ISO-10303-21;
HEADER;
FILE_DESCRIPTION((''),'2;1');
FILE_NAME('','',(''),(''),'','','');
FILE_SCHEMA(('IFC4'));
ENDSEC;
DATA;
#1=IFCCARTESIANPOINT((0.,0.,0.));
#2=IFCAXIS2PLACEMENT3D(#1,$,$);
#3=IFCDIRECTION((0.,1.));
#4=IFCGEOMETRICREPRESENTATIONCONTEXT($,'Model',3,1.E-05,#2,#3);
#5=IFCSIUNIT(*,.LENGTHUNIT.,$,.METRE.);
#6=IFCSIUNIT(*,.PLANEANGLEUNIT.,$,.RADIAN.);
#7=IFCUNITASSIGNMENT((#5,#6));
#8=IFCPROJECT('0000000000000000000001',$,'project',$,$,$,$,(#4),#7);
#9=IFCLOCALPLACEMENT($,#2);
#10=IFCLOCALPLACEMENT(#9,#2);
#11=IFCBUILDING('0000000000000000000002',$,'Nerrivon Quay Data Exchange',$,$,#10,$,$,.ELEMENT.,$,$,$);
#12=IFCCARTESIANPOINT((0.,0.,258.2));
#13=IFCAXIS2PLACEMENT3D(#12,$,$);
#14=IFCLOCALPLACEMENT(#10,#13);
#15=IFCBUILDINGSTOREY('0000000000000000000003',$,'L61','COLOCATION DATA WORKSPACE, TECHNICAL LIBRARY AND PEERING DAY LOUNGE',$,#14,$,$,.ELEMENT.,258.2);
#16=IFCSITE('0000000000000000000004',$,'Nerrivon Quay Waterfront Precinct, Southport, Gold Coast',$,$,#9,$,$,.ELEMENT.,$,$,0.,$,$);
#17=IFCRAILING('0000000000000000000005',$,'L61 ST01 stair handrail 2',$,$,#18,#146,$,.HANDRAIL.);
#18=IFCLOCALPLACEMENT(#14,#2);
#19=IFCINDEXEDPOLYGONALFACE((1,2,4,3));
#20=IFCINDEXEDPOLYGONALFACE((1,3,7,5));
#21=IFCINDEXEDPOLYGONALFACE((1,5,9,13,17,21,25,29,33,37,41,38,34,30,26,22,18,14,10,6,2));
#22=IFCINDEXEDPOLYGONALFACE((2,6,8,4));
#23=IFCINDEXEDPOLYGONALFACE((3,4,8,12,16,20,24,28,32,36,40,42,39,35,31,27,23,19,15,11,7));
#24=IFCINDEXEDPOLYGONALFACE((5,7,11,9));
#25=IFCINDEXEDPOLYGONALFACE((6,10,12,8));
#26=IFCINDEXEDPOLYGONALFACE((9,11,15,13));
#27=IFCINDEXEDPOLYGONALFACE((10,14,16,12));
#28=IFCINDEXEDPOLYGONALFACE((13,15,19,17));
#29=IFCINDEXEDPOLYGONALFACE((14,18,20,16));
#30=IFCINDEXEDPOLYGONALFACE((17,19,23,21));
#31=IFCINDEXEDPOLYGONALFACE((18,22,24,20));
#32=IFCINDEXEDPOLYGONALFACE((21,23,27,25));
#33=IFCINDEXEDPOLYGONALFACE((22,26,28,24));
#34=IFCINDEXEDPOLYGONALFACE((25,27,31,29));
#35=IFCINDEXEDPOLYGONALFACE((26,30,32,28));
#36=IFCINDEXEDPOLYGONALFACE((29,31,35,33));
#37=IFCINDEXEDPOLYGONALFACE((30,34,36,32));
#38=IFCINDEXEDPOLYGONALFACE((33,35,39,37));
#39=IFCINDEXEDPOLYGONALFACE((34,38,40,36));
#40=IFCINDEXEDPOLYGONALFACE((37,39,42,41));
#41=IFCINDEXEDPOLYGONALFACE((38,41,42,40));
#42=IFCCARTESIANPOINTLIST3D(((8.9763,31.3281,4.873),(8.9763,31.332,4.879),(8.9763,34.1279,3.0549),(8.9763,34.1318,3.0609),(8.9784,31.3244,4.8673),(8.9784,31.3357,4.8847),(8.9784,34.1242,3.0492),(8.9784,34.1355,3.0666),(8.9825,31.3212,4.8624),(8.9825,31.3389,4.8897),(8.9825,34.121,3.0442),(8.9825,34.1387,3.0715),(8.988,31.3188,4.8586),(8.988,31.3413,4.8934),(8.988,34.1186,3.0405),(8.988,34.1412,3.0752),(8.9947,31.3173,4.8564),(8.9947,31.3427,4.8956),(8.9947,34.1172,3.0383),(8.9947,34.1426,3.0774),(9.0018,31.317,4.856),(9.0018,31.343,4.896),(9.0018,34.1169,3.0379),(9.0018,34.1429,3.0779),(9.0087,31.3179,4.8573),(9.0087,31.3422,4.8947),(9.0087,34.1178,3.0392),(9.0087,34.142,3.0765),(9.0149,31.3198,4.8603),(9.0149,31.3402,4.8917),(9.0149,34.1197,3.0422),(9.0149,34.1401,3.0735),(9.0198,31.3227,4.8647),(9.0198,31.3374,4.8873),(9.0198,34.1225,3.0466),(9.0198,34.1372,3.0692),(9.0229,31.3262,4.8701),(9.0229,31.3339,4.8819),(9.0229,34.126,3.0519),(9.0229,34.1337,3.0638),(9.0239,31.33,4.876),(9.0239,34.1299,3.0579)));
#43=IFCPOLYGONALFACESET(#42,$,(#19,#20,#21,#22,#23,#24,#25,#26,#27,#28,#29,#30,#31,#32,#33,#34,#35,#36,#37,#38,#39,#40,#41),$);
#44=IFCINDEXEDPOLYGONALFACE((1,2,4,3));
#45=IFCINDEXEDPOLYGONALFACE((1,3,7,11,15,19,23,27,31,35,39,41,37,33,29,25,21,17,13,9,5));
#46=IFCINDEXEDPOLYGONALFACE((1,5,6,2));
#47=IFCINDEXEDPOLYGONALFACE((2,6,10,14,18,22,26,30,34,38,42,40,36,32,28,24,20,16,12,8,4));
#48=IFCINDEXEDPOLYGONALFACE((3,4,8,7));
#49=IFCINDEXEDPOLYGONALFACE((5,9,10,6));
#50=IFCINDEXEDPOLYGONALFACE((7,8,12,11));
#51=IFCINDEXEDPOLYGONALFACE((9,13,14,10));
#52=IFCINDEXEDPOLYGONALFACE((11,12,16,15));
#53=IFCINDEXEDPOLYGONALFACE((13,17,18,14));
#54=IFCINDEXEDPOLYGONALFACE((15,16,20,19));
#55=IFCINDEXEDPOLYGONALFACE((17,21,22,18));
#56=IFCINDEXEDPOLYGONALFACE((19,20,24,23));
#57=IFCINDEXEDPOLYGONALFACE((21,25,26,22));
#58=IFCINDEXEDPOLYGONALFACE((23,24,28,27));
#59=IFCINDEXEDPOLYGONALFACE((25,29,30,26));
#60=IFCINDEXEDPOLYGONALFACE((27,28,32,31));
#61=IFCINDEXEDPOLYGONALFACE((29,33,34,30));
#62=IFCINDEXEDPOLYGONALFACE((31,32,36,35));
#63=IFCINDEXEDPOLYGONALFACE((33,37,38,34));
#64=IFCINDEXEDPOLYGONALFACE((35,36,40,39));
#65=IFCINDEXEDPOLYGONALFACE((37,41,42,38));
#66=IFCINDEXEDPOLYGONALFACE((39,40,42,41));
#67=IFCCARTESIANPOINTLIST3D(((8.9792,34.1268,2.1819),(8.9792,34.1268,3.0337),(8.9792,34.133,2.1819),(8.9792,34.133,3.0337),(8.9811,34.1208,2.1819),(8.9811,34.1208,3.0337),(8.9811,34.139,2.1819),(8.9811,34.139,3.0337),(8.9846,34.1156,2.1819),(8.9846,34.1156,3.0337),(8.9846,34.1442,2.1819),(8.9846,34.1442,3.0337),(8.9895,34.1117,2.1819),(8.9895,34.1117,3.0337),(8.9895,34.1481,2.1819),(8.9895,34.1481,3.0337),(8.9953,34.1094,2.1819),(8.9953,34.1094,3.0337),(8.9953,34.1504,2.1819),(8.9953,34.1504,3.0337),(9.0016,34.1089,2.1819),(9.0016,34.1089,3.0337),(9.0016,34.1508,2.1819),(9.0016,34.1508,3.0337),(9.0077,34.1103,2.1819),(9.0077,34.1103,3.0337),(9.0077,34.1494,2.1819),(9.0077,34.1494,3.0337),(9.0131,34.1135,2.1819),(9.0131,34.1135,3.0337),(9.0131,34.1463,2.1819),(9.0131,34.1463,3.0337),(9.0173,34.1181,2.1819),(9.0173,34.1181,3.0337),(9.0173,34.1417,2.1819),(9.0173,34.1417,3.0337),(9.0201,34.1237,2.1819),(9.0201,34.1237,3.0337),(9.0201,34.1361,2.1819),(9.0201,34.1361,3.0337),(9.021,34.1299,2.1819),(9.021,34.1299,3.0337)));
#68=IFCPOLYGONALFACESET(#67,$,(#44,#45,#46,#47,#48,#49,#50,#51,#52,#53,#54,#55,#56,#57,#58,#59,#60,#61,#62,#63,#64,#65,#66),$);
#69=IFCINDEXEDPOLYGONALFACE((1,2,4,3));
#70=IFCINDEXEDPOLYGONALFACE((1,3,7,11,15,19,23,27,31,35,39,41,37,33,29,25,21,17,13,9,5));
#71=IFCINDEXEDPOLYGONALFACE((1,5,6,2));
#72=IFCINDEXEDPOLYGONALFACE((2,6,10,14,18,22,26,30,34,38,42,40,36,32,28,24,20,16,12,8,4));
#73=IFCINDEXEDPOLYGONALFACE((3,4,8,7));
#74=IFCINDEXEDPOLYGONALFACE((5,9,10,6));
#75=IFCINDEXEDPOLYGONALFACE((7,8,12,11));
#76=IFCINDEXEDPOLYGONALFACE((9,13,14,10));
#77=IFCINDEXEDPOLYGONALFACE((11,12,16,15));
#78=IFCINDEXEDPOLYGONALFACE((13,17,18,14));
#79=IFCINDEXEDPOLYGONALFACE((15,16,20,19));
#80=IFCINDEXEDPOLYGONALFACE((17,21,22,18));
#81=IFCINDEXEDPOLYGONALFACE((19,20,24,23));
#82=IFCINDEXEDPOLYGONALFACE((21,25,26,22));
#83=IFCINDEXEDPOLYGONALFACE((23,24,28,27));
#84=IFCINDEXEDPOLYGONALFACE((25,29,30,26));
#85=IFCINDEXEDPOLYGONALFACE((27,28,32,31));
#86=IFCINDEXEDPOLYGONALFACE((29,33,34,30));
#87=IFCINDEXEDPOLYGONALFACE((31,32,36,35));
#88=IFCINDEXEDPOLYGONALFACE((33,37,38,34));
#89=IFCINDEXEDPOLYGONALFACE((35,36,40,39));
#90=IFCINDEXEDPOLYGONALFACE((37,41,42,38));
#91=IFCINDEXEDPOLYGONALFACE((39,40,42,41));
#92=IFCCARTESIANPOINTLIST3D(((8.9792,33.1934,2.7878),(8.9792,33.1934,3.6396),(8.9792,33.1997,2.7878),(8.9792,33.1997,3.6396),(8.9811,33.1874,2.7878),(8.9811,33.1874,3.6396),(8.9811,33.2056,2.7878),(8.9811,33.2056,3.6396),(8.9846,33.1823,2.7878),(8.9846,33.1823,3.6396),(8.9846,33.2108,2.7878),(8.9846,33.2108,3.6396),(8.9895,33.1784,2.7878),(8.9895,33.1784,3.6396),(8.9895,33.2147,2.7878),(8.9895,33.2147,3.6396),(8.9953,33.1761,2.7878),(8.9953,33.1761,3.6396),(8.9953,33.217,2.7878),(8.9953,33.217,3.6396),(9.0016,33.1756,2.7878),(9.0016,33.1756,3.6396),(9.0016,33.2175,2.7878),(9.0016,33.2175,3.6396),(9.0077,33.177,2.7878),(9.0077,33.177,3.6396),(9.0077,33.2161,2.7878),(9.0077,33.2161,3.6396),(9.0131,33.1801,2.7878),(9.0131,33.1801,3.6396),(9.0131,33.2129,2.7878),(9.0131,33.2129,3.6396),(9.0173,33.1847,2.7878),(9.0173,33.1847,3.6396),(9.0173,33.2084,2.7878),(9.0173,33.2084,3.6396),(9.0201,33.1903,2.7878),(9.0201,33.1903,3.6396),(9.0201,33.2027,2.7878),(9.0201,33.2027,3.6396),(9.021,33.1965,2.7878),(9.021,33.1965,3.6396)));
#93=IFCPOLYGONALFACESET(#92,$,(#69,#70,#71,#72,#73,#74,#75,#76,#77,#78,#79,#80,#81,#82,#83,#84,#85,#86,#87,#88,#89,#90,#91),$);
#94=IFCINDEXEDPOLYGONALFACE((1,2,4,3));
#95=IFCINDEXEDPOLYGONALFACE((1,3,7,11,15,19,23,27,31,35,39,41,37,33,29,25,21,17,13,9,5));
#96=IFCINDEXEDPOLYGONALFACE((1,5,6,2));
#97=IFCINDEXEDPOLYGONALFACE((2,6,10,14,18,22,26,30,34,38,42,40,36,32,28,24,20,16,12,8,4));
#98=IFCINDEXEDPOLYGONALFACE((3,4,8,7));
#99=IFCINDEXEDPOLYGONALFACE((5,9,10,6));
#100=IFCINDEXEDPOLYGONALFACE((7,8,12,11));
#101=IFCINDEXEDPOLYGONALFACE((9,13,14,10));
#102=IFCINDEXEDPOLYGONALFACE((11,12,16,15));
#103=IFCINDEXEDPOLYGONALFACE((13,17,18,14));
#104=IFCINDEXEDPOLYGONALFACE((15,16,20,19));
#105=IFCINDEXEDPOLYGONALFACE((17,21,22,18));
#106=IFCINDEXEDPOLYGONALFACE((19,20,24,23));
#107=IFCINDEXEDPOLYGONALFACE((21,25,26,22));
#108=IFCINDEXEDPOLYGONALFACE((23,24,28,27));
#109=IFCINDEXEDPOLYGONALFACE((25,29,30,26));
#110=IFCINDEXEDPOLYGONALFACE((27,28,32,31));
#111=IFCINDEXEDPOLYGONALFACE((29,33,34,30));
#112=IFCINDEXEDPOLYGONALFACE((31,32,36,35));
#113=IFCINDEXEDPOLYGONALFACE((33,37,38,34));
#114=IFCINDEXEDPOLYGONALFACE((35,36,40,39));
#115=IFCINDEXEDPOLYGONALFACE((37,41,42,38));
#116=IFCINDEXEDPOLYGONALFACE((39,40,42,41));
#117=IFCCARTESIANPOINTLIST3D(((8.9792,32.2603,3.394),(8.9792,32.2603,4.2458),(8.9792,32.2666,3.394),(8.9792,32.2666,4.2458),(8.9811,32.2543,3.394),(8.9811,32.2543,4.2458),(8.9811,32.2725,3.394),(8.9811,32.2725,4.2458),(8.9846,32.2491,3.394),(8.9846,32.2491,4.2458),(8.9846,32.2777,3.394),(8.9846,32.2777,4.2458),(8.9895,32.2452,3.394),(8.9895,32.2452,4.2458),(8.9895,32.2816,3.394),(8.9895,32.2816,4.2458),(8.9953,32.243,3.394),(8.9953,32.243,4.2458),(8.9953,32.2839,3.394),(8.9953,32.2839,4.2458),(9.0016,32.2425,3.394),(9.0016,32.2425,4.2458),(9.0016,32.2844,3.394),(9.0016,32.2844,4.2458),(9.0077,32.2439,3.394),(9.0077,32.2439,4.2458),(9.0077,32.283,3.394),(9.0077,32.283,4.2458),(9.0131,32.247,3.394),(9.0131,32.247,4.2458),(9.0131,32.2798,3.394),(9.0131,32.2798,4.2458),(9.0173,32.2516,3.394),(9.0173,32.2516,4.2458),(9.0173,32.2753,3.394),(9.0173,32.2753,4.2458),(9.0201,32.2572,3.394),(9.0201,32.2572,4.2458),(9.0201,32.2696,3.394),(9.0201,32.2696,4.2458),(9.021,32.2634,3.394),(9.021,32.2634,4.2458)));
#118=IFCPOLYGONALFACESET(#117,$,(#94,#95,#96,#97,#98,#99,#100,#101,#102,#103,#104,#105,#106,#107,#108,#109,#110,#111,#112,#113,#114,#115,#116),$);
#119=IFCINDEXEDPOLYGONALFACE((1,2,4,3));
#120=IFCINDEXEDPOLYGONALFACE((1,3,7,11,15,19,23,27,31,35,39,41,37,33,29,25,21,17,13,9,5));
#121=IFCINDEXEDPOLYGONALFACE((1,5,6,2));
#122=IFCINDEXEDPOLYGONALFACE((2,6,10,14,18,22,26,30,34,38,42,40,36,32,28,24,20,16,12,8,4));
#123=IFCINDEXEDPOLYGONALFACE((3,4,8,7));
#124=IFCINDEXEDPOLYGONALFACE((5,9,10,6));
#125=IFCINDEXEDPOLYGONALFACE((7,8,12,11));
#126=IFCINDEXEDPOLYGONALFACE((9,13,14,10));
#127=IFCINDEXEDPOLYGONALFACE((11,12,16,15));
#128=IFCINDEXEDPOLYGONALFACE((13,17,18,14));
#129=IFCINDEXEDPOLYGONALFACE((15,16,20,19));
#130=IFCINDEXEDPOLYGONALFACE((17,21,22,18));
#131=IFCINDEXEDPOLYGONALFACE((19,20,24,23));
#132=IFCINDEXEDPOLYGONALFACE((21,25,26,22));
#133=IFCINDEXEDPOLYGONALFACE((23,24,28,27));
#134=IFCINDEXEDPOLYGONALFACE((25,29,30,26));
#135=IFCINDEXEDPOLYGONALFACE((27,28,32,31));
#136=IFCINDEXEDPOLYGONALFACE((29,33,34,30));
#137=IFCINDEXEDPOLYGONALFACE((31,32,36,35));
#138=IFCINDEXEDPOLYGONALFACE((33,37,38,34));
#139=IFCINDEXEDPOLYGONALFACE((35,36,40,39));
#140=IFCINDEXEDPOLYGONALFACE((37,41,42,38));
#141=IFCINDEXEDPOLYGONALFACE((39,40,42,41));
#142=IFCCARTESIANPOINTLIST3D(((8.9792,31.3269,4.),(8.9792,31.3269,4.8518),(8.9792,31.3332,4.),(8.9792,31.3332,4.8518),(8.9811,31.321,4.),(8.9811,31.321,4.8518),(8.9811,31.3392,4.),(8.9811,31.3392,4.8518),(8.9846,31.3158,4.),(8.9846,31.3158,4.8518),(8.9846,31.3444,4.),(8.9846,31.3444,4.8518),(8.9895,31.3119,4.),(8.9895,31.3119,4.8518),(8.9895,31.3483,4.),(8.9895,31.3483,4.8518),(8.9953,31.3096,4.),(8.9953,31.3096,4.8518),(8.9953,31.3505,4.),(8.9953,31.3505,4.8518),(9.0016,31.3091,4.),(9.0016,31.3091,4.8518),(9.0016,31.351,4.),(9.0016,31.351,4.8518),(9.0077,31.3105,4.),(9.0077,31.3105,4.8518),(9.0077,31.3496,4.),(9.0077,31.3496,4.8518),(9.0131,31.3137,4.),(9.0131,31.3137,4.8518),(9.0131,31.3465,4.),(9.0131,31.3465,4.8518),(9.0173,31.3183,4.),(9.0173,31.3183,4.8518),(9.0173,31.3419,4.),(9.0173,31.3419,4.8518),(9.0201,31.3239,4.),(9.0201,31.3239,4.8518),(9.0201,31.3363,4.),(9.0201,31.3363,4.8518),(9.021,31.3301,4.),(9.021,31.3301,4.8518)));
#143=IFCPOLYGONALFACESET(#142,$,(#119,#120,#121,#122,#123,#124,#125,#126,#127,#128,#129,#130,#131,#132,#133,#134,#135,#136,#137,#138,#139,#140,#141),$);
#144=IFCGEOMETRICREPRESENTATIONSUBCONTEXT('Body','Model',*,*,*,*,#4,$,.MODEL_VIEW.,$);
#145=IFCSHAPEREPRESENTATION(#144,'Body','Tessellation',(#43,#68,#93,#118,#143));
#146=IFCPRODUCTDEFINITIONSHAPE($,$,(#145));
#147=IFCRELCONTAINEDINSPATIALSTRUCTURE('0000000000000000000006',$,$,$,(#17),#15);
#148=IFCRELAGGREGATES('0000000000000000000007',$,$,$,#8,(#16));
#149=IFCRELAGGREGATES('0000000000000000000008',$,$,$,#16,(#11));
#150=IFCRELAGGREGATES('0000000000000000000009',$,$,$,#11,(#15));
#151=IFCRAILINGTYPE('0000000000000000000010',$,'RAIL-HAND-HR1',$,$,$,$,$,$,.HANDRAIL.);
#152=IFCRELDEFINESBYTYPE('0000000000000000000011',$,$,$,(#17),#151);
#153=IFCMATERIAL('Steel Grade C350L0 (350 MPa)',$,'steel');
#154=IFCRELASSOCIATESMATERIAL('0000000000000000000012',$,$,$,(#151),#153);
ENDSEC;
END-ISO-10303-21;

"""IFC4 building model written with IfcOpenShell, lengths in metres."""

from ifc_helpers import new_model, si_unit, direction, frame, origin, origin_2d, place, context, subcontext, project, spatial, circle, extrude, material, type_object, element, save


model = new_model("IFC4")

# Units and contexts
model_context = context("Model", 3, precision=1e-05, world=origin(), true_north=direction((0.0, 1.0)))
body_context = subcontext(model_context, "Body", "Model", "MODEL_VIEW")
ifc_project = project(units=[si_unit("LENGTHUNIT", "METRE"), si_unit("PLANEANGLEUNIT", "RADIAN")], contexts=[model_context])

# Site, building, storey
site_placement = place(None, origin())
site = spatial("IfcSite", under=ifc_project, at=site_placement, Name="Nerrivon Quay Waterfront Precinct, Southport, Gold Coast", CompositionType="ELEMENT", RefElevation=0.0)
building_placement = place(site_placement, origin())
building = spatial("IfcBuilding", under=site, at=building_placement, Name="Nerrivon Quay Data Exchange", CompositionType="ELEMENT")
storey_placement = place(building_placement, frame((0.0, 0.0, 258.2)))
storey = spatial("IfcBuildingStorey", under=building, at=storey_placement, Name="L61", Description="COLOCATION DATA WORKSPACE, TECHNICAL LIBRARY AND PEERING DAY LOUNGE", CompositionType="ELEMENT", Elevation=258.2)

# Shared definitions
ifc_material_1 = material(Name="Steel Grade C350L0 (350 MPa)", Category="steel")

# Railing
railing_type_1 = type_object("IfcRailingType", Name="RAIL-HAND-HR1", PredefinedType="HANDRAIL", material=ifc_material_1)
railing_1_placement = place(storey_placement, frame((9.0, 34.1299, 2.1819)))
element("IfcRailing", 1, at=railing_1_placement, inside=storey, type_object=railing_type_1, Name="L61 ST01 stair handrail 2", PredefinedType="HANDRAIL", context=body_context, shape_type="SweptSolid", body=[
    extrude(circle(Radius=0.0239, at=origin_2d()), frame((0.0, 0.0, 0.876), z_axis=(0.0, -0.838684, 0.544618), x_axis=(1.0, 0.0, 0.0)), (0.0, 0.0, 1.0), 3.3384),
    extrude(circle(Radius=0.021, at=origin_2d()), origin(), (0.0, 0.0, 1.0), 0.8518),
    extrude(circle(Radius=0.021, at=origin_2d()), frame((0.0, -0.9333, 0.606)), (0.0, 0.0, 1.0), 0.8518),
    extrude(circle(Radius=0.021, at=origin_2d()), frame((0.0, -1.8665, 1.2122)), (0.0, 0.0, 1.0), 0.8518),
    extrude(circle(Radius=0.021, at=origin_2d()), frame((0.0, -2.7998, 1.8181)), (0.0, 0.0, 1.0), 0.8518),
])

save(model, "model.ifc")
